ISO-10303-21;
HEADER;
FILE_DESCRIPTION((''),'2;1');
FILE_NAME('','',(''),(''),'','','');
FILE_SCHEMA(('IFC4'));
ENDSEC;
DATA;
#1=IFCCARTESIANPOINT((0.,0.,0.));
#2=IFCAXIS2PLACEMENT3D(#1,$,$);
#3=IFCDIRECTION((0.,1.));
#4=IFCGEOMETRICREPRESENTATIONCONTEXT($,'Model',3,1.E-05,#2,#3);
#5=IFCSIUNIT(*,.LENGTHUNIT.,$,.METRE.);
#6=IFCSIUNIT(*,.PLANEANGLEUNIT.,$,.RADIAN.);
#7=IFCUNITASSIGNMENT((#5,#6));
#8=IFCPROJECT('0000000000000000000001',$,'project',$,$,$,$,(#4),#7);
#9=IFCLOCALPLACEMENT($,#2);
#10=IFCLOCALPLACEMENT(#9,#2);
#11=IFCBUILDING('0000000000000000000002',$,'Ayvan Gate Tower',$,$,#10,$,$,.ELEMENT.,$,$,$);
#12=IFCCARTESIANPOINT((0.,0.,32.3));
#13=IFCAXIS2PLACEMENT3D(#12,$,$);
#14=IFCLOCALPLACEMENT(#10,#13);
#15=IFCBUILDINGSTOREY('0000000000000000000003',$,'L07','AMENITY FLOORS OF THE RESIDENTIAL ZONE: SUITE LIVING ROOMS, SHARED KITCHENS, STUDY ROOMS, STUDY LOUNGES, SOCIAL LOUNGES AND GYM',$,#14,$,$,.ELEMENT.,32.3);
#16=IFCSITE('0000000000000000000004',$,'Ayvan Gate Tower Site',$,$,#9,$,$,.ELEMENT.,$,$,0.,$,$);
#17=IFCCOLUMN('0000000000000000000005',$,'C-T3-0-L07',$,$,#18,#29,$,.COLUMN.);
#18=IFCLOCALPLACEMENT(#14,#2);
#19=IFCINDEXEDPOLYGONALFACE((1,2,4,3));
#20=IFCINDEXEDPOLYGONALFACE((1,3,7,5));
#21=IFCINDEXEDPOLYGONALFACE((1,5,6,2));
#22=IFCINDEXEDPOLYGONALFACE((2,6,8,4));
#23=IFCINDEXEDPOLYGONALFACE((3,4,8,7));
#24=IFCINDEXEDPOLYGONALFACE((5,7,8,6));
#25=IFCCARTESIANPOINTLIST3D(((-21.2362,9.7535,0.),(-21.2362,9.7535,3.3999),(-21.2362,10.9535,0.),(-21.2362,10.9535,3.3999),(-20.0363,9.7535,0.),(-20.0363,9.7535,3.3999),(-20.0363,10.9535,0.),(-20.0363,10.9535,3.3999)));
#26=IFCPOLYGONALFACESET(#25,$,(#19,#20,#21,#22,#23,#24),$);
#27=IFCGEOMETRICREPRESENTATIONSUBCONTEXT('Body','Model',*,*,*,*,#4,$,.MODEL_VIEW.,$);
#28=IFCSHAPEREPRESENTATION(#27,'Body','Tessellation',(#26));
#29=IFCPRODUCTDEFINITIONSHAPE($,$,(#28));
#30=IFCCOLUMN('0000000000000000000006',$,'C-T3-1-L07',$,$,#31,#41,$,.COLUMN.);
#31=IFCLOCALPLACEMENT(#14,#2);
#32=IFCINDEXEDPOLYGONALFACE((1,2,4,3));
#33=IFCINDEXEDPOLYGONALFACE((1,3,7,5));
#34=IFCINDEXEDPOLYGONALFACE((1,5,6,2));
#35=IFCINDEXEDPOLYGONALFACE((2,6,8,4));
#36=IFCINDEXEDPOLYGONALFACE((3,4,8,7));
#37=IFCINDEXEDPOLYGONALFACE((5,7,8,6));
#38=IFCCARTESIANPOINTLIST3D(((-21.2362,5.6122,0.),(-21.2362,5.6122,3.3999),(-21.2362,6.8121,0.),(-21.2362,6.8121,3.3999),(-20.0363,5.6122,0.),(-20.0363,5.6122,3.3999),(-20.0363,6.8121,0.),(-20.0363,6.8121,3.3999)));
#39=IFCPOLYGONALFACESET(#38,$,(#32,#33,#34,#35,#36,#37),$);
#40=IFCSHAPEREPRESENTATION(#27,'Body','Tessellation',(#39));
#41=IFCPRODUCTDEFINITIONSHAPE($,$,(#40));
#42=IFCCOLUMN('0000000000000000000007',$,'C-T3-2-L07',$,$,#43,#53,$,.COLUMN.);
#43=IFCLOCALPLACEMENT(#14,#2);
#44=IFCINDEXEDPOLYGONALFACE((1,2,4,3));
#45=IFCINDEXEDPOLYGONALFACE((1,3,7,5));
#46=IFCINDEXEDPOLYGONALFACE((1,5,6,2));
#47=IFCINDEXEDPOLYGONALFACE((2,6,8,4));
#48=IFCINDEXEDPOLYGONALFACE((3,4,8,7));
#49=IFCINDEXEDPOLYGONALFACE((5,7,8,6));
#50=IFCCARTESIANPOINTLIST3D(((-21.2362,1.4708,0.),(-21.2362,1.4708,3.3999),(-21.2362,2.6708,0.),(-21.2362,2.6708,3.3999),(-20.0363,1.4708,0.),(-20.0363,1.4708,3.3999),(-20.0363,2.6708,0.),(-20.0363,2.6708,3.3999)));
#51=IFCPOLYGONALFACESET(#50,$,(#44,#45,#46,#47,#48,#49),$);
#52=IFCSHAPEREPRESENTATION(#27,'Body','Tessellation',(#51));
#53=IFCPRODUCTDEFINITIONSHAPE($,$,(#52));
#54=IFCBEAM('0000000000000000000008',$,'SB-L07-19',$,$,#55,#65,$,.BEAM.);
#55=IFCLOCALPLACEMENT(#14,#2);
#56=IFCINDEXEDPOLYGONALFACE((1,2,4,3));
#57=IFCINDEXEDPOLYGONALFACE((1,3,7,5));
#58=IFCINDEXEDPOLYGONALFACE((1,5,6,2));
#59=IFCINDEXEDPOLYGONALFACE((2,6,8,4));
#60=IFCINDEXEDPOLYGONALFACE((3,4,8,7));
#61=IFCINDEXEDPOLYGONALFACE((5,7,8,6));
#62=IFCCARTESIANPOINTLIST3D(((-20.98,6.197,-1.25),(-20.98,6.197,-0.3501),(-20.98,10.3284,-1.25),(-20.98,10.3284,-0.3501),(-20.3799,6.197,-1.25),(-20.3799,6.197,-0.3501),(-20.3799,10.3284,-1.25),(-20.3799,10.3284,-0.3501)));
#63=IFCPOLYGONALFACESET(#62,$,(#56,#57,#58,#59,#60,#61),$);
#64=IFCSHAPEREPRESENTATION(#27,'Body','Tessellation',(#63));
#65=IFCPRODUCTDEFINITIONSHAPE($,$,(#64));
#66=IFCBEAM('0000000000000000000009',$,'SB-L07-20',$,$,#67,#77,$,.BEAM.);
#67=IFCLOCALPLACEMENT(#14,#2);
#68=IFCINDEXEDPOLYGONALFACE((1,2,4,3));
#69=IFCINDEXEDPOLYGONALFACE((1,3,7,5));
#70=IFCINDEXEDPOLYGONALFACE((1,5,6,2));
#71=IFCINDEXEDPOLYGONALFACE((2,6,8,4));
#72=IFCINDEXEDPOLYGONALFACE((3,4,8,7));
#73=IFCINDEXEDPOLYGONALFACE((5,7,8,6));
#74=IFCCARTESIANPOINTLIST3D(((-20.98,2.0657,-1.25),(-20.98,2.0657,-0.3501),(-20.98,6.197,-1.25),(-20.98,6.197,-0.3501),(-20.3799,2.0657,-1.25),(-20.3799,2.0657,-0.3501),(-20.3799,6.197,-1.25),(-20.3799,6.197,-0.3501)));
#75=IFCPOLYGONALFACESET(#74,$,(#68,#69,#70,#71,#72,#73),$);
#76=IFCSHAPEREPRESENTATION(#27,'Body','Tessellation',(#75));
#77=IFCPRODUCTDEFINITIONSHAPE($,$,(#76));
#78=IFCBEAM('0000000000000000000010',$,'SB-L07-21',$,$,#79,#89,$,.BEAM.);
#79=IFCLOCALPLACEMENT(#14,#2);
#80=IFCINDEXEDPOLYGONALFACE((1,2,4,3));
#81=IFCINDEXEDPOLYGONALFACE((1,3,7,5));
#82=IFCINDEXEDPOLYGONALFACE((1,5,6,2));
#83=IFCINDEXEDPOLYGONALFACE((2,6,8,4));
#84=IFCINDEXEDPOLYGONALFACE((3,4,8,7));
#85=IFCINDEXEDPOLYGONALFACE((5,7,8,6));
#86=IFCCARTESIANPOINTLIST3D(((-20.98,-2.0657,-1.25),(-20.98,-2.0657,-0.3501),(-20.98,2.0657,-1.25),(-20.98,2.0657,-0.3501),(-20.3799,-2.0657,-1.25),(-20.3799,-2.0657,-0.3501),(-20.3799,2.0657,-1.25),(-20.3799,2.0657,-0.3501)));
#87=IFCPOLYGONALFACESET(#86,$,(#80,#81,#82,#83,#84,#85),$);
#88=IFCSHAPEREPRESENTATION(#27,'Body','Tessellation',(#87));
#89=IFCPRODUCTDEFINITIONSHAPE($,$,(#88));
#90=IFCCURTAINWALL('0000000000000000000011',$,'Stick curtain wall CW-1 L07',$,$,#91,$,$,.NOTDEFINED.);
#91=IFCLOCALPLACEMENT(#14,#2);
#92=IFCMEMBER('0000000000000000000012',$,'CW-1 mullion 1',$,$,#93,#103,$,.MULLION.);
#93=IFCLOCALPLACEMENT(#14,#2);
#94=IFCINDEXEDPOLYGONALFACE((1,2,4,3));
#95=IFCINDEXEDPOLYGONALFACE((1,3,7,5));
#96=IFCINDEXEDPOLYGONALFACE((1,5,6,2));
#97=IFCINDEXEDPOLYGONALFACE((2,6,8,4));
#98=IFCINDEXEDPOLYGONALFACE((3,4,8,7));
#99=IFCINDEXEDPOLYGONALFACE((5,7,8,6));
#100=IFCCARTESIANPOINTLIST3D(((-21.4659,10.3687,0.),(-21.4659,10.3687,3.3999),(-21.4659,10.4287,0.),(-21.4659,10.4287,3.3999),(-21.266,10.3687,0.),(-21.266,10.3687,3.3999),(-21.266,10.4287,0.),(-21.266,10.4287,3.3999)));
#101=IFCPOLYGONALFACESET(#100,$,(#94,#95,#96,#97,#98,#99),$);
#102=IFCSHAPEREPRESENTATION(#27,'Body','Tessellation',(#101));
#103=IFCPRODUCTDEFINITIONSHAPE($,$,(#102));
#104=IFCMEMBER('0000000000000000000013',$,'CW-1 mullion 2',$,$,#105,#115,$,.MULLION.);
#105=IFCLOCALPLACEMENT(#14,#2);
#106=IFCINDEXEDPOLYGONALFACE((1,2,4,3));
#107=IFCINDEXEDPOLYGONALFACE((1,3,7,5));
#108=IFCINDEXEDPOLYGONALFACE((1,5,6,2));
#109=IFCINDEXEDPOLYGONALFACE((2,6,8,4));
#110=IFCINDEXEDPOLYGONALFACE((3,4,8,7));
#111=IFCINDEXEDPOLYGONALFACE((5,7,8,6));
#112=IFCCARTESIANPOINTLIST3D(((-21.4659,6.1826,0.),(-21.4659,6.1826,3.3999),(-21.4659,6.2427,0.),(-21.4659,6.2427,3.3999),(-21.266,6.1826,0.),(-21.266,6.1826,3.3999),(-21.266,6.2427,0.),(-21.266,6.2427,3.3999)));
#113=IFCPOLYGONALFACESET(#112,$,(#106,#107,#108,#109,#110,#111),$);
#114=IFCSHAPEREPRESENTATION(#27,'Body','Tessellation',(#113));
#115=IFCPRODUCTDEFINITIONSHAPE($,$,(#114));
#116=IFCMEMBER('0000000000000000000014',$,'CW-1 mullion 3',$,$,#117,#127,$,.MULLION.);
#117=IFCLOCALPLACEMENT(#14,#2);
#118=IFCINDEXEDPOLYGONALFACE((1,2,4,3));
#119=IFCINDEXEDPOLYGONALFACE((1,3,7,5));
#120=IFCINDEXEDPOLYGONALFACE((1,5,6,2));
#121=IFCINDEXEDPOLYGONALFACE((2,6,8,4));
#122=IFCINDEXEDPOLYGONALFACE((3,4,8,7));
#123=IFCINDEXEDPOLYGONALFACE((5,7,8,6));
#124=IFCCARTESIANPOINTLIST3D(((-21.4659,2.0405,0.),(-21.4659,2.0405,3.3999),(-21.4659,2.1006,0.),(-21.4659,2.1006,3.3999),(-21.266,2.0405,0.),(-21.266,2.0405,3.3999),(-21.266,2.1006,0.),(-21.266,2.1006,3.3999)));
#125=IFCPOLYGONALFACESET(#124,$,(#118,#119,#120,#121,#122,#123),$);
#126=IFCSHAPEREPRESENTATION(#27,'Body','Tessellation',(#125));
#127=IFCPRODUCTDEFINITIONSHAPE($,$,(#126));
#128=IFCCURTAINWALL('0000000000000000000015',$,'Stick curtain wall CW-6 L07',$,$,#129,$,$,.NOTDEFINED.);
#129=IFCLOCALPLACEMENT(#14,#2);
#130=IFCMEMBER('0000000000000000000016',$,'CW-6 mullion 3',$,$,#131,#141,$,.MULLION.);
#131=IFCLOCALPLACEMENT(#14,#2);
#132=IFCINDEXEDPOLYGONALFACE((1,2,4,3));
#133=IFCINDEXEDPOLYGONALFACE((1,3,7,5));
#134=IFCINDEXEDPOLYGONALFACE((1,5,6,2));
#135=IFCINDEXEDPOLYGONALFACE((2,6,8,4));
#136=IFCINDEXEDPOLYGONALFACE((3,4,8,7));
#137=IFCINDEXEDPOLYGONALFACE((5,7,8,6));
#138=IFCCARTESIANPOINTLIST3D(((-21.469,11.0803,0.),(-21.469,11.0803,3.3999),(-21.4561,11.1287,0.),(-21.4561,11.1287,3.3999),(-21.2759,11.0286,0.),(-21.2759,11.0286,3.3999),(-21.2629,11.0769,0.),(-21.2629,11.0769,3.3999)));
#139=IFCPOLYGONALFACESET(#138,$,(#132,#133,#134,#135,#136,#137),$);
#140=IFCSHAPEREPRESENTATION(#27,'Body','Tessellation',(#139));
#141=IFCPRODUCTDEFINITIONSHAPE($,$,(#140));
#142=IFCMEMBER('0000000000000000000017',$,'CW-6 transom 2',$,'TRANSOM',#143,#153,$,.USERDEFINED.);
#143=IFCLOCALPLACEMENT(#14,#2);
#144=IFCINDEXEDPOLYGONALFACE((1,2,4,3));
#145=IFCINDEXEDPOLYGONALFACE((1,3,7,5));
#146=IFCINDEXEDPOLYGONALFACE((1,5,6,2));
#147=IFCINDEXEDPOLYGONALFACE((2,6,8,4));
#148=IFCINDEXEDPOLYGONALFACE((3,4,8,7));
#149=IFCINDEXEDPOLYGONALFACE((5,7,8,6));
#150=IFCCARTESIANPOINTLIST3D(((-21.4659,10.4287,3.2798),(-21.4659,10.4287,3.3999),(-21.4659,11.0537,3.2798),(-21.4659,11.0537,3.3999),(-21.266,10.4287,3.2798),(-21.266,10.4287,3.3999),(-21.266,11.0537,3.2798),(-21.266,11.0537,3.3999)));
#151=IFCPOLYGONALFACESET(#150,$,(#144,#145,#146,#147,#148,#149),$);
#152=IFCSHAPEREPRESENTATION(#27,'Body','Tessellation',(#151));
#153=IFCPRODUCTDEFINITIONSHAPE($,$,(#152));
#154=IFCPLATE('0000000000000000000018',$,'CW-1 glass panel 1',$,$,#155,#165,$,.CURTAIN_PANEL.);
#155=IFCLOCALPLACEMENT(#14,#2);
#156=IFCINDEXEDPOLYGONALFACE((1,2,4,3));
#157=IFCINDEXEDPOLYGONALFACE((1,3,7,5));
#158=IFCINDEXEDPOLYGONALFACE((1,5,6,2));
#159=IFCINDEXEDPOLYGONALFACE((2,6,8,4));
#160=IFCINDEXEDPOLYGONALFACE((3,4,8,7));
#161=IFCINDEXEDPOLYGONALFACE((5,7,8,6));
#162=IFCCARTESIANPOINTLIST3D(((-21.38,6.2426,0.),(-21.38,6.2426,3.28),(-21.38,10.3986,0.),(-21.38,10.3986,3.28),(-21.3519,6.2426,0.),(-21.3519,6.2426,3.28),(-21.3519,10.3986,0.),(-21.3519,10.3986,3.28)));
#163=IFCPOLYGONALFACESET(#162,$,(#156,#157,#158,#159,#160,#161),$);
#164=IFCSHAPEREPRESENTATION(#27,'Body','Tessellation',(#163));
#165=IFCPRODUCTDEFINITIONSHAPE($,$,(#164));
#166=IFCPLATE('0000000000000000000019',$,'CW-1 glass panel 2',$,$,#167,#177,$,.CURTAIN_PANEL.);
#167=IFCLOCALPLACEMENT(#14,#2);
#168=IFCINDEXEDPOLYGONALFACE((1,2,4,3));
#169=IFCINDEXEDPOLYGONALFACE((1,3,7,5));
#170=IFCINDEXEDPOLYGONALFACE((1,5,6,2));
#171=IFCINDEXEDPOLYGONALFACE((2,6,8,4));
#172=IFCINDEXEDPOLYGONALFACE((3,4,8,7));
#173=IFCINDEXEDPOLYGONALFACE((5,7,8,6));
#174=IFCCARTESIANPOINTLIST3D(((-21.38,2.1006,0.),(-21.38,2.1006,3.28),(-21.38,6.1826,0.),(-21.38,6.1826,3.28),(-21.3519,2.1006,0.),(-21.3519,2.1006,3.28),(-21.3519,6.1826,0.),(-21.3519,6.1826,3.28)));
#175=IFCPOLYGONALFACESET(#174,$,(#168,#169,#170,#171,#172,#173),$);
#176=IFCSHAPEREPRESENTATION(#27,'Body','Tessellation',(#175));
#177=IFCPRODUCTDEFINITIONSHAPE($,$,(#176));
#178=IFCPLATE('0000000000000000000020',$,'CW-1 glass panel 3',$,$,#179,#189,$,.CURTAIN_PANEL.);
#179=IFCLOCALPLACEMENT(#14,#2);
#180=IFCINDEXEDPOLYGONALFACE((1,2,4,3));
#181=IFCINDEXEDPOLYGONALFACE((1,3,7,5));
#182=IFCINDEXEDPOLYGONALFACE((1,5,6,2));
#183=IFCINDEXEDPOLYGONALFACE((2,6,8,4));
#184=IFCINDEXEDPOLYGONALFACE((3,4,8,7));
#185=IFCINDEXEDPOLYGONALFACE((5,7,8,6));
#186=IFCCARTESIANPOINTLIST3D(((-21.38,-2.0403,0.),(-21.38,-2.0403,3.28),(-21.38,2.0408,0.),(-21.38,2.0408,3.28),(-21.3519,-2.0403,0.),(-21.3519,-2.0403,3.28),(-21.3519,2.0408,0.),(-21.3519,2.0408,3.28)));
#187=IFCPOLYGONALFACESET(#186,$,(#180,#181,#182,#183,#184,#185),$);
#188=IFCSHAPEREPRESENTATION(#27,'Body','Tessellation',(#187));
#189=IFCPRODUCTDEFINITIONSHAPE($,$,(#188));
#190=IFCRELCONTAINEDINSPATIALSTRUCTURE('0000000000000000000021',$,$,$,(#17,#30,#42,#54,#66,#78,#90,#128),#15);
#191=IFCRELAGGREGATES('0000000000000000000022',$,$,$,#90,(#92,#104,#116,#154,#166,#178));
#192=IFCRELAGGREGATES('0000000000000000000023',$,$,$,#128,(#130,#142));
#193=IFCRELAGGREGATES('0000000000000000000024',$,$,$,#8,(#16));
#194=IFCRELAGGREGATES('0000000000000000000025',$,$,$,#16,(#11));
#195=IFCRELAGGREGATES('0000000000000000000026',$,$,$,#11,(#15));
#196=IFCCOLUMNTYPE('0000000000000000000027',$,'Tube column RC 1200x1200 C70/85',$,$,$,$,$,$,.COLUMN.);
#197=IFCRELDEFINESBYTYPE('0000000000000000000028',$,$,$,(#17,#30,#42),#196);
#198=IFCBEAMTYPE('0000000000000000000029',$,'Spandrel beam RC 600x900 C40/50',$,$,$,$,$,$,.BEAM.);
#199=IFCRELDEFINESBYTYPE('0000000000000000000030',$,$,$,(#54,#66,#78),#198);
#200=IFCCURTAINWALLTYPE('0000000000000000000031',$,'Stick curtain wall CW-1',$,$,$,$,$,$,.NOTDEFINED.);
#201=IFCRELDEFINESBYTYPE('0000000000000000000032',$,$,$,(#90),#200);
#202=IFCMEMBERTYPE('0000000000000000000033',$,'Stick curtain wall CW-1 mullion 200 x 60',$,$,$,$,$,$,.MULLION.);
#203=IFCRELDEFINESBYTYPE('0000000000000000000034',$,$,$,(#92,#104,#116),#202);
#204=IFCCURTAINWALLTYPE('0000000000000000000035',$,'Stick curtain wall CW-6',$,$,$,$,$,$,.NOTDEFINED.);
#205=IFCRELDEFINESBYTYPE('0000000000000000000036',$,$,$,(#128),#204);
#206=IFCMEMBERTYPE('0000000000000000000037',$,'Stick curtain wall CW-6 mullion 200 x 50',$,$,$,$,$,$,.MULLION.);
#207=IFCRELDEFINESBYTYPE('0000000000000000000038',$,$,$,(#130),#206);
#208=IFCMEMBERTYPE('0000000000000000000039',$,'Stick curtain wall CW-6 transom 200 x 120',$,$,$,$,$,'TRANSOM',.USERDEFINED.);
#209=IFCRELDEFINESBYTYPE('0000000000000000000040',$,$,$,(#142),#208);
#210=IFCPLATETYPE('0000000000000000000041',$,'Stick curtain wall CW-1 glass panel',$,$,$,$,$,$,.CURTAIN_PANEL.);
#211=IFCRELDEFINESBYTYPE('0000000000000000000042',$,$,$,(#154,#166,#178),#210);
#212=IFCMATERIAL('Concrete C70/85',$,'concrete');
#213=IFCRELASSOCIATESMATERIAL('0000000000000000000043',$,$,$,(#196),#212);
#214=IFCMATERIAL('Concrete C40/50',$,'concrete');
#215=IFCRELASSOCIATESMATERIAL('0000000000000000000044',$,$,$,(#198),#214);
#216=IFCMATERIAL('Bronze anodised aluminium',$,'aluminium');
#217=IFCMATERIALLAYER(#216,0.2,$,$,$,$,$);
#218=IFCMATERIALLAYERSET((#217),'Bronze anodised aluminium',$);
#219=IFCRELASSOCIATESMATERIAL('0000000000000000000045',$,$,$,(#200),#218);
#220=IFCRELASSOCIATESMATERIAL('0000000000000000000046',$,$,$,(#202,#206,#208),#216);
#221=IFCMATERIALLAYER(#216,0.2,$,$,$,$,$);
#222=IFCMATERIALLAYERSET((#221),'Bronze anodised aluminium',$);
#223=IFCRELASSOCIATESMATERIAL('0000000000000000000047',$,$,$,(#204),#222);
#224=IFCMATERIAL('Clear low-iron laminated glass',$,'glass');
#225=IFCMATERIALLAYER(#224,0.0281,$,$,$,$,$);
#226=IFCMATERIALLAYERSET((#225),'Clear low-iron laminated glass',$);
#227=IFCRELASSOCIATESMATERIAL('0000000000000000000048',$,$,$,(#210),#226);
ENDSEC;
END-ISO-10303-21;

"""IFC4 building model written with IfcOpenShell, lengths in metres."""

from ifc_helpers import new_model, si_unit, direction, frame, origin, origin_2d, place, context, subcontext, project, spatial, rectangle, extrude, material, layer, layer_set, material_profile, profile_set, type_object, element, aggregate, save


model = new_model("IFC4")

# Units and contexts
model_context = context("Model", 3, precision=1e-05, world=origin(), true_north=direction((0.0, 1.0)))
body_context = subcontext(model_context, "Body", "Model", "MODEL_VIEW")
ifc_project = project(units=[si_unit("LENGTHUNIT", "METRE"), si_unit("PLANEANGLEUNIT", "RADIAN")], contexts=[model_context])

# Site, building, storey
site_placement = place(None, origin())
site = spatial("IfcSite", under=ifc_project, at=site_placement, Name="Ayvan Gate Tower Site", CompositionType="ELEMENT", RefElevation=0.0)
building_placement = place(site_placement, origin())
building = spatial("IfcBuilding", under=site, at=building_placement, Name="Ayvan Gate Tower", CompositionType="ELEMENT")
storey_placement = place(building_placement, frame((0.0, 0.0, 32.3)))
storey = spatial("IfcBuildingStorey", under=building, at=storey_placement, Name="L07", Description="AMENITY FLOORS OF THE RESIDENTIAL ZONE: SUITE LIVING ROOMS, SHARED KITCHENS, STUDY ROOMS, STUDY LOUNGES, SOCIAL LOUNGES AND GYM", CompositionType="ELEMENT", Elevation=32.3)

# Columns
ifc_material_1 = material(Name="Concrete C70/85", Category="concrete")
ifc_material_profile_1 = material_profile(ifc_material_1, rectangle(XDim=1.2, YDim=1.2, at=origin_2d()), Name="RC 1200x1200")
ifc_profile_set_1 = profile_set([ifc_material_profile_1], Name="Concrete C70/85")
column_type = type_object("IfcColumnType", Name="Tube column RC 1200x1200 C70/85", PredefinedType="COLUMN", material=ifc_profile_set_1)
for number, where, z_axis, x_axis, name in (
    (1, (-20.6362, 10.3535, 0.0), (0.0, 0.0, 1.0), (-1.0, 0.0, 0.0), "C-T3-0-L07"),
    (2, (-20.6362, 6.2122, 0.0), (0.0, 0.0, 1.0), (-1.0, 0.0, 0.0), "C-T3-1-L07"),
    (3, (-20.6362, 2.0708, 0.0), (0.0, 0.0, 1.0), (-1.0, 0.0, 0.0), "C-T3-2-L07"),
):
    element("IfcColumn", number, at=place(storey_placement, frame(where, z_axis=z_axis, x_axis=x_axis)), inside=storey, type_object=column_type, Name=name, PredefinedType="COLUMN", context=body_context, shape_type="SweptSolid", body=[
        extrude(rectangle(XDim=1.2, YDim=1.2, at=origin_2d()), origin(), (0.0, 0.0, 1.0), 3.3999),
    ])

# Beams
ifc_material_2 = material(Name="Concrete C40/50", Category="concrete")
ifc_material_profile_2 = material_profile(ifc_material_2, rectangle(XDim=0.6001, YDim=0.8999, at=origin_2d()), Name="RC 600x900")
ifc_profile_set_2 = profile_set([ifc_material_profile_2], Name="Concrete C40/50")
beam_type = type_object("IfcBeamType", Name="Spandrel beam RC 600x900 C40/50", PredefinedType="BEAM", material=ifc_profile_set_2)
for number, where, z_axis, x_axis, name in (
    (4, (-20.6799, 10.3284, -0.8), (0.0, -1.0, 0.0), (1.0, 0.0, 0.0), "SB-L07-19"),
    (5, (-20.6799, 6.197, -0.8), (0.0, -1.0, 0.0), (1.0, 0.0, 0.0), "SB-L07-20"),
    (6, (-20.6799, 2.0657, -0.8), (0.0, -1.0, 0.0), (1.0, 0.0, 0.0), "SB-L07-21"),
):
    element("IfcBeam", number, at=place(storey_placement, frame(where, z_axis=z_axis, x_axis=x_axis)), inside=storey, type_object=beam_type, Name=name, PredefinedType="BEAM", context=body_context, shape_type="SweptSolid", body=[
        extrude(rectangle(XDim=0.6001, YDim=0.8999, at=origin_2d()), origin(), (0.0, 0.0, 1.0), 4.1313),
    ])

# Curtain walls, members
ifc_material_3 = material(Name="Bronze anodised aluminium", Category="aluminium")
ifc_layer_1 = layer(ifc_material_3, 0.2)
ifc_layer_set_1 = layer_set([ifc_layer_1], Name="Bronze anodised aluminium")
curtain_wall_type_1 = type_object("IfcCurtainWallType", Name="Stick curtain wall CW-1", PredefinedType="NOTDEFINED", material=ifc_layer_set_1)
curtain_wall_1_placement = place(storey_placement, origin())
curtain_wall_1 = element("IfcCurtainWall", 7, at=curtain_wall_1_placement, inside=storey, type_object=curtain_wall_type_1, Name="Stick curtain wall CW-1 L07", PredefinedType="NOTDEFINED")
ifc_material_profile_3 = material_profile(ifc_material_3, rectangle(XDim=0.2, YDim=0.0601, at=origin_2d()), Name="Stick curtain wall CW-1 mullion 200 x 60")
ifc_profile_set_3 = profile_set([ifc_material_profile_3], Name="Bronze anodised aluminium")
member_type_1 = type_object("IfcMemberType", Name="Stick curtain wall CW-1 mullion 200 x 60", PredefinedType="MULLION", material=ifc_profile_set_3)
member_1_placement = place(storey_placement, frame((-21.366, 10.3987, 0.0), z_axis=(0.0, 0.0, 1.0), x_axis=(-1.0, 0.0, 0.0)))
member_1 = element("IfcMember", 8, at=member_1_placement, type_object=member_type_1, Name="CW-1 mullion 1", PredefinedType="MULLION", context=body_context, shape_type="SweptSolid", body=[
    extrude(rectangle(XDim=0.2, YDim=0.0601, at=origin_2d()), origin(), (0.0, 0.0, 1.0), 3.3999),
])
member_2_placement = place(storey_placement, frame((-21.366, 6.2126, 0.0), z_axis=(0.0, 0.0, 1.0), x_axis=(-1.0, 0.0, 0.0)))
member_2 = element("IfcMember", 9, at=member_2_placement, type_object=member_type_1, Name="CW-1 mullion 2", PredefinedType="MULLION", context=body_context, shape_type="SweptSolid", body=[
    extrude(rectangle(XDim=0.2, YDim=0.0601, at=origin_2d()), origin(), (0.0, 0.0, 1.0), 3.3999),
])
member_3_placement = place(storey_placement, frame((-21.366, 2.0706, 0.0), z_axis=(0.0, 0.0, 1.0), x_axis=(-1.0, 0.0, 0.0)))
member_3 = element("IfcMember", 10, at=member_3_placement, type_object=member_type_1, Name="CW-1 mullion 3", PredefinedType="MULLION", context=body_context, shape_type="SweptSolid", body=[
    extrude(rectangle(XDim=0.2, YDim=0.0601, at=origin_2d()), origin(), (0.0, 0.0, 1.0), 3.3999),
])
ifc_layer_2 = layer(ifc_material_3, 0.2)
ifc_layer_set_2 = layer_set([ifc_layer_2], Name="Bronze anodised aluminium")
curtain_wall_type_2 = type_object("IfcCurtainWallType", Name="Stick curtain wall CW-6", PredefinedType="NOTDEFINED", material=ifc_layer_set_2)
curtain_wall_2_placement = place(storey_placement, origin())
curtain_wall_2 = element("IfcCurtainWall", 11, at=curtain_wall_2_placement, inside=storey, type_object=curtain_wall_type_2, Name="Stick curtain wall CW-6 L07", PredefinedType="NOTDEFINED")
ifc_material_profile_4 = material_profile(ifc_material_3, rectangle(XDim=0.2, YDim=0.05, at=origin_2d()), Name="Stick curtain wall CW-6 mullion 200 x 50")
ifc_profile_set_4 = profile_set([ifc_material_profile_4], Name="Bronze anodised aluminium")
member_type_2 = type_object("IfcMemberType", Name="Stick curtain wall CW-6 mullion 200 x 50", PredefinedType="MULLION", material=ifc_profile_set_4)
member_4_placement = place(storey_placement, frame((-21.366, 11.0786, 0.0), z_axis=(0.0, 0.0, 1.0), x_axis=(-0.965926, 0.258819, 0.0)))
member_4 = element("IfcMember", 12, at=member_4_placement, type_object=member_type_2, Name="CW-6 mullion 3", PredefinedType="MULLION", context=body_context, shape_type="SweptSolid", body=[
    extrude(rectangle(XDim=0.2, YDim=0.05, at=origin_2d()), origin(), (0.0, 0.0, 1.0), 3.3999),
])
ifc_material_profile_5 = material_profile(ifc_material_3, rectangle(XDim=0.2, YDim=0.1201, at=origin_2d()), Name="Stick curtain wall CW-6 transom 200 x 120")
ifc_profile_set_5 = profile_set([ifc_material_profile_5], Name="Bronze anodised aluminium")
member_type_3 = type_object("IfcMemberType", Name="Stick curtain wall CW-6 transom 200 x 120", ElementType="TRANSOM", PredefinedType="USERDEFINED", material=ifc_profile_set_5)
member_5_placement = place(storey_placement, frame((-21.366, 11.0537, 3.3398), z_axis=(0.0, -1.0, 0.0), x_axis=(1.0, 0.0, 0.0)))
member_5 = element("IfcMember", 13, at=member_5_placement, type_object=member_type_3, Name="CW-6 transom 2", ObjectType="TRANSOM", PredefinedType="USERDEFINED", context=body_context, shape_type="SweptSolid", body=[
    extrude(rectangle(XDim=0.2, YDim=0.1201, at=origin_2d()), origin(), (0.0, 0.0, 1.0), 0.625),
])

# Plates
ifc_material_4 = material(Name="Clear low-iron laminated glass", Category="glass")
ifc_layer_3 = layer(ifc_material_4, 0.0281)
ifc_layer_set_3 = layer_set([ifc_layer_3], Name="Clear low-iron laminated glass")
plate_type_1 = type_object("IfcPlateType", Name="Stick curtain wall CW-1 glass panel", PredefinedType="CURTAIN_PANEL", material=ifc_layer_set_3)
plate_1_placement = place(storey_placement, frame((-21.366, 8.3206, 0.0), z_axis=(0.0, 0.0, 1.0), x_axis=(0.0, -1.0, 0.0)))
plate_1 = element("IfcPlate", 14, at=plate_1_placement, type_object=plate_type_1, Name="CW-1 glass panel 1", PredefinedType="CURTAIN_PANEL", context=body_context, shape_type="SweptSolid", body=[
    extrude(rectangle(XDim=4.156, YDim=0.0281, at=origin_2d()), origin(), (0.0, 0.0, 1.0), 3.28),
])
plate_2_placement = place(storey_placement, frame((-21.366, 4.1416, 0.0), z_axis=(0.0, 0.0, 1.0), x_axis=(0.0, -1.0, 0.0)))
plate_2 = element("IfcPlate", 15, at=plate_2_placement, type_object=plate_type_1, Name="CW-1 glass panel 2", PredefinedType="CURTAIN_PANEL", context=body_context, shape_type="SweptSolid", body=[
    extrude(rectangle(XDim=4.082, YDim=0.0281, at=origin_2d()), origin(), (0.0, 0.0, 1.0), 3.28),
])
plate_3_placement = place(storey_placement, frame((-21.366, 0.0002, 0.0), z_axis=(0.0, 0.0, 1.0), x_axis=(0.0, -1.0, 0.0)))
plate_3 = element("IfcPlate", 16, at=plate_3_placement, type_object=plate_type_1, Name="CW-1 glass panel 3", PredefinedType="CURTAIN_PANEL", context=body_context, shape_type="SweptSolid", body=[
    extrude(rectangle(XDim=4.0811, YDim=0.0281, at=origin_2d()), origin(), (0.0, 0.0, 1.0), 3.28),
])
aggregate(curtain_wall_1, [member_1, member_2, member_3, plate_1, plate_2, plate_3])
aggregate(curtain_wall_2, [member_4, member_5])

save(model, "model.ifc")
